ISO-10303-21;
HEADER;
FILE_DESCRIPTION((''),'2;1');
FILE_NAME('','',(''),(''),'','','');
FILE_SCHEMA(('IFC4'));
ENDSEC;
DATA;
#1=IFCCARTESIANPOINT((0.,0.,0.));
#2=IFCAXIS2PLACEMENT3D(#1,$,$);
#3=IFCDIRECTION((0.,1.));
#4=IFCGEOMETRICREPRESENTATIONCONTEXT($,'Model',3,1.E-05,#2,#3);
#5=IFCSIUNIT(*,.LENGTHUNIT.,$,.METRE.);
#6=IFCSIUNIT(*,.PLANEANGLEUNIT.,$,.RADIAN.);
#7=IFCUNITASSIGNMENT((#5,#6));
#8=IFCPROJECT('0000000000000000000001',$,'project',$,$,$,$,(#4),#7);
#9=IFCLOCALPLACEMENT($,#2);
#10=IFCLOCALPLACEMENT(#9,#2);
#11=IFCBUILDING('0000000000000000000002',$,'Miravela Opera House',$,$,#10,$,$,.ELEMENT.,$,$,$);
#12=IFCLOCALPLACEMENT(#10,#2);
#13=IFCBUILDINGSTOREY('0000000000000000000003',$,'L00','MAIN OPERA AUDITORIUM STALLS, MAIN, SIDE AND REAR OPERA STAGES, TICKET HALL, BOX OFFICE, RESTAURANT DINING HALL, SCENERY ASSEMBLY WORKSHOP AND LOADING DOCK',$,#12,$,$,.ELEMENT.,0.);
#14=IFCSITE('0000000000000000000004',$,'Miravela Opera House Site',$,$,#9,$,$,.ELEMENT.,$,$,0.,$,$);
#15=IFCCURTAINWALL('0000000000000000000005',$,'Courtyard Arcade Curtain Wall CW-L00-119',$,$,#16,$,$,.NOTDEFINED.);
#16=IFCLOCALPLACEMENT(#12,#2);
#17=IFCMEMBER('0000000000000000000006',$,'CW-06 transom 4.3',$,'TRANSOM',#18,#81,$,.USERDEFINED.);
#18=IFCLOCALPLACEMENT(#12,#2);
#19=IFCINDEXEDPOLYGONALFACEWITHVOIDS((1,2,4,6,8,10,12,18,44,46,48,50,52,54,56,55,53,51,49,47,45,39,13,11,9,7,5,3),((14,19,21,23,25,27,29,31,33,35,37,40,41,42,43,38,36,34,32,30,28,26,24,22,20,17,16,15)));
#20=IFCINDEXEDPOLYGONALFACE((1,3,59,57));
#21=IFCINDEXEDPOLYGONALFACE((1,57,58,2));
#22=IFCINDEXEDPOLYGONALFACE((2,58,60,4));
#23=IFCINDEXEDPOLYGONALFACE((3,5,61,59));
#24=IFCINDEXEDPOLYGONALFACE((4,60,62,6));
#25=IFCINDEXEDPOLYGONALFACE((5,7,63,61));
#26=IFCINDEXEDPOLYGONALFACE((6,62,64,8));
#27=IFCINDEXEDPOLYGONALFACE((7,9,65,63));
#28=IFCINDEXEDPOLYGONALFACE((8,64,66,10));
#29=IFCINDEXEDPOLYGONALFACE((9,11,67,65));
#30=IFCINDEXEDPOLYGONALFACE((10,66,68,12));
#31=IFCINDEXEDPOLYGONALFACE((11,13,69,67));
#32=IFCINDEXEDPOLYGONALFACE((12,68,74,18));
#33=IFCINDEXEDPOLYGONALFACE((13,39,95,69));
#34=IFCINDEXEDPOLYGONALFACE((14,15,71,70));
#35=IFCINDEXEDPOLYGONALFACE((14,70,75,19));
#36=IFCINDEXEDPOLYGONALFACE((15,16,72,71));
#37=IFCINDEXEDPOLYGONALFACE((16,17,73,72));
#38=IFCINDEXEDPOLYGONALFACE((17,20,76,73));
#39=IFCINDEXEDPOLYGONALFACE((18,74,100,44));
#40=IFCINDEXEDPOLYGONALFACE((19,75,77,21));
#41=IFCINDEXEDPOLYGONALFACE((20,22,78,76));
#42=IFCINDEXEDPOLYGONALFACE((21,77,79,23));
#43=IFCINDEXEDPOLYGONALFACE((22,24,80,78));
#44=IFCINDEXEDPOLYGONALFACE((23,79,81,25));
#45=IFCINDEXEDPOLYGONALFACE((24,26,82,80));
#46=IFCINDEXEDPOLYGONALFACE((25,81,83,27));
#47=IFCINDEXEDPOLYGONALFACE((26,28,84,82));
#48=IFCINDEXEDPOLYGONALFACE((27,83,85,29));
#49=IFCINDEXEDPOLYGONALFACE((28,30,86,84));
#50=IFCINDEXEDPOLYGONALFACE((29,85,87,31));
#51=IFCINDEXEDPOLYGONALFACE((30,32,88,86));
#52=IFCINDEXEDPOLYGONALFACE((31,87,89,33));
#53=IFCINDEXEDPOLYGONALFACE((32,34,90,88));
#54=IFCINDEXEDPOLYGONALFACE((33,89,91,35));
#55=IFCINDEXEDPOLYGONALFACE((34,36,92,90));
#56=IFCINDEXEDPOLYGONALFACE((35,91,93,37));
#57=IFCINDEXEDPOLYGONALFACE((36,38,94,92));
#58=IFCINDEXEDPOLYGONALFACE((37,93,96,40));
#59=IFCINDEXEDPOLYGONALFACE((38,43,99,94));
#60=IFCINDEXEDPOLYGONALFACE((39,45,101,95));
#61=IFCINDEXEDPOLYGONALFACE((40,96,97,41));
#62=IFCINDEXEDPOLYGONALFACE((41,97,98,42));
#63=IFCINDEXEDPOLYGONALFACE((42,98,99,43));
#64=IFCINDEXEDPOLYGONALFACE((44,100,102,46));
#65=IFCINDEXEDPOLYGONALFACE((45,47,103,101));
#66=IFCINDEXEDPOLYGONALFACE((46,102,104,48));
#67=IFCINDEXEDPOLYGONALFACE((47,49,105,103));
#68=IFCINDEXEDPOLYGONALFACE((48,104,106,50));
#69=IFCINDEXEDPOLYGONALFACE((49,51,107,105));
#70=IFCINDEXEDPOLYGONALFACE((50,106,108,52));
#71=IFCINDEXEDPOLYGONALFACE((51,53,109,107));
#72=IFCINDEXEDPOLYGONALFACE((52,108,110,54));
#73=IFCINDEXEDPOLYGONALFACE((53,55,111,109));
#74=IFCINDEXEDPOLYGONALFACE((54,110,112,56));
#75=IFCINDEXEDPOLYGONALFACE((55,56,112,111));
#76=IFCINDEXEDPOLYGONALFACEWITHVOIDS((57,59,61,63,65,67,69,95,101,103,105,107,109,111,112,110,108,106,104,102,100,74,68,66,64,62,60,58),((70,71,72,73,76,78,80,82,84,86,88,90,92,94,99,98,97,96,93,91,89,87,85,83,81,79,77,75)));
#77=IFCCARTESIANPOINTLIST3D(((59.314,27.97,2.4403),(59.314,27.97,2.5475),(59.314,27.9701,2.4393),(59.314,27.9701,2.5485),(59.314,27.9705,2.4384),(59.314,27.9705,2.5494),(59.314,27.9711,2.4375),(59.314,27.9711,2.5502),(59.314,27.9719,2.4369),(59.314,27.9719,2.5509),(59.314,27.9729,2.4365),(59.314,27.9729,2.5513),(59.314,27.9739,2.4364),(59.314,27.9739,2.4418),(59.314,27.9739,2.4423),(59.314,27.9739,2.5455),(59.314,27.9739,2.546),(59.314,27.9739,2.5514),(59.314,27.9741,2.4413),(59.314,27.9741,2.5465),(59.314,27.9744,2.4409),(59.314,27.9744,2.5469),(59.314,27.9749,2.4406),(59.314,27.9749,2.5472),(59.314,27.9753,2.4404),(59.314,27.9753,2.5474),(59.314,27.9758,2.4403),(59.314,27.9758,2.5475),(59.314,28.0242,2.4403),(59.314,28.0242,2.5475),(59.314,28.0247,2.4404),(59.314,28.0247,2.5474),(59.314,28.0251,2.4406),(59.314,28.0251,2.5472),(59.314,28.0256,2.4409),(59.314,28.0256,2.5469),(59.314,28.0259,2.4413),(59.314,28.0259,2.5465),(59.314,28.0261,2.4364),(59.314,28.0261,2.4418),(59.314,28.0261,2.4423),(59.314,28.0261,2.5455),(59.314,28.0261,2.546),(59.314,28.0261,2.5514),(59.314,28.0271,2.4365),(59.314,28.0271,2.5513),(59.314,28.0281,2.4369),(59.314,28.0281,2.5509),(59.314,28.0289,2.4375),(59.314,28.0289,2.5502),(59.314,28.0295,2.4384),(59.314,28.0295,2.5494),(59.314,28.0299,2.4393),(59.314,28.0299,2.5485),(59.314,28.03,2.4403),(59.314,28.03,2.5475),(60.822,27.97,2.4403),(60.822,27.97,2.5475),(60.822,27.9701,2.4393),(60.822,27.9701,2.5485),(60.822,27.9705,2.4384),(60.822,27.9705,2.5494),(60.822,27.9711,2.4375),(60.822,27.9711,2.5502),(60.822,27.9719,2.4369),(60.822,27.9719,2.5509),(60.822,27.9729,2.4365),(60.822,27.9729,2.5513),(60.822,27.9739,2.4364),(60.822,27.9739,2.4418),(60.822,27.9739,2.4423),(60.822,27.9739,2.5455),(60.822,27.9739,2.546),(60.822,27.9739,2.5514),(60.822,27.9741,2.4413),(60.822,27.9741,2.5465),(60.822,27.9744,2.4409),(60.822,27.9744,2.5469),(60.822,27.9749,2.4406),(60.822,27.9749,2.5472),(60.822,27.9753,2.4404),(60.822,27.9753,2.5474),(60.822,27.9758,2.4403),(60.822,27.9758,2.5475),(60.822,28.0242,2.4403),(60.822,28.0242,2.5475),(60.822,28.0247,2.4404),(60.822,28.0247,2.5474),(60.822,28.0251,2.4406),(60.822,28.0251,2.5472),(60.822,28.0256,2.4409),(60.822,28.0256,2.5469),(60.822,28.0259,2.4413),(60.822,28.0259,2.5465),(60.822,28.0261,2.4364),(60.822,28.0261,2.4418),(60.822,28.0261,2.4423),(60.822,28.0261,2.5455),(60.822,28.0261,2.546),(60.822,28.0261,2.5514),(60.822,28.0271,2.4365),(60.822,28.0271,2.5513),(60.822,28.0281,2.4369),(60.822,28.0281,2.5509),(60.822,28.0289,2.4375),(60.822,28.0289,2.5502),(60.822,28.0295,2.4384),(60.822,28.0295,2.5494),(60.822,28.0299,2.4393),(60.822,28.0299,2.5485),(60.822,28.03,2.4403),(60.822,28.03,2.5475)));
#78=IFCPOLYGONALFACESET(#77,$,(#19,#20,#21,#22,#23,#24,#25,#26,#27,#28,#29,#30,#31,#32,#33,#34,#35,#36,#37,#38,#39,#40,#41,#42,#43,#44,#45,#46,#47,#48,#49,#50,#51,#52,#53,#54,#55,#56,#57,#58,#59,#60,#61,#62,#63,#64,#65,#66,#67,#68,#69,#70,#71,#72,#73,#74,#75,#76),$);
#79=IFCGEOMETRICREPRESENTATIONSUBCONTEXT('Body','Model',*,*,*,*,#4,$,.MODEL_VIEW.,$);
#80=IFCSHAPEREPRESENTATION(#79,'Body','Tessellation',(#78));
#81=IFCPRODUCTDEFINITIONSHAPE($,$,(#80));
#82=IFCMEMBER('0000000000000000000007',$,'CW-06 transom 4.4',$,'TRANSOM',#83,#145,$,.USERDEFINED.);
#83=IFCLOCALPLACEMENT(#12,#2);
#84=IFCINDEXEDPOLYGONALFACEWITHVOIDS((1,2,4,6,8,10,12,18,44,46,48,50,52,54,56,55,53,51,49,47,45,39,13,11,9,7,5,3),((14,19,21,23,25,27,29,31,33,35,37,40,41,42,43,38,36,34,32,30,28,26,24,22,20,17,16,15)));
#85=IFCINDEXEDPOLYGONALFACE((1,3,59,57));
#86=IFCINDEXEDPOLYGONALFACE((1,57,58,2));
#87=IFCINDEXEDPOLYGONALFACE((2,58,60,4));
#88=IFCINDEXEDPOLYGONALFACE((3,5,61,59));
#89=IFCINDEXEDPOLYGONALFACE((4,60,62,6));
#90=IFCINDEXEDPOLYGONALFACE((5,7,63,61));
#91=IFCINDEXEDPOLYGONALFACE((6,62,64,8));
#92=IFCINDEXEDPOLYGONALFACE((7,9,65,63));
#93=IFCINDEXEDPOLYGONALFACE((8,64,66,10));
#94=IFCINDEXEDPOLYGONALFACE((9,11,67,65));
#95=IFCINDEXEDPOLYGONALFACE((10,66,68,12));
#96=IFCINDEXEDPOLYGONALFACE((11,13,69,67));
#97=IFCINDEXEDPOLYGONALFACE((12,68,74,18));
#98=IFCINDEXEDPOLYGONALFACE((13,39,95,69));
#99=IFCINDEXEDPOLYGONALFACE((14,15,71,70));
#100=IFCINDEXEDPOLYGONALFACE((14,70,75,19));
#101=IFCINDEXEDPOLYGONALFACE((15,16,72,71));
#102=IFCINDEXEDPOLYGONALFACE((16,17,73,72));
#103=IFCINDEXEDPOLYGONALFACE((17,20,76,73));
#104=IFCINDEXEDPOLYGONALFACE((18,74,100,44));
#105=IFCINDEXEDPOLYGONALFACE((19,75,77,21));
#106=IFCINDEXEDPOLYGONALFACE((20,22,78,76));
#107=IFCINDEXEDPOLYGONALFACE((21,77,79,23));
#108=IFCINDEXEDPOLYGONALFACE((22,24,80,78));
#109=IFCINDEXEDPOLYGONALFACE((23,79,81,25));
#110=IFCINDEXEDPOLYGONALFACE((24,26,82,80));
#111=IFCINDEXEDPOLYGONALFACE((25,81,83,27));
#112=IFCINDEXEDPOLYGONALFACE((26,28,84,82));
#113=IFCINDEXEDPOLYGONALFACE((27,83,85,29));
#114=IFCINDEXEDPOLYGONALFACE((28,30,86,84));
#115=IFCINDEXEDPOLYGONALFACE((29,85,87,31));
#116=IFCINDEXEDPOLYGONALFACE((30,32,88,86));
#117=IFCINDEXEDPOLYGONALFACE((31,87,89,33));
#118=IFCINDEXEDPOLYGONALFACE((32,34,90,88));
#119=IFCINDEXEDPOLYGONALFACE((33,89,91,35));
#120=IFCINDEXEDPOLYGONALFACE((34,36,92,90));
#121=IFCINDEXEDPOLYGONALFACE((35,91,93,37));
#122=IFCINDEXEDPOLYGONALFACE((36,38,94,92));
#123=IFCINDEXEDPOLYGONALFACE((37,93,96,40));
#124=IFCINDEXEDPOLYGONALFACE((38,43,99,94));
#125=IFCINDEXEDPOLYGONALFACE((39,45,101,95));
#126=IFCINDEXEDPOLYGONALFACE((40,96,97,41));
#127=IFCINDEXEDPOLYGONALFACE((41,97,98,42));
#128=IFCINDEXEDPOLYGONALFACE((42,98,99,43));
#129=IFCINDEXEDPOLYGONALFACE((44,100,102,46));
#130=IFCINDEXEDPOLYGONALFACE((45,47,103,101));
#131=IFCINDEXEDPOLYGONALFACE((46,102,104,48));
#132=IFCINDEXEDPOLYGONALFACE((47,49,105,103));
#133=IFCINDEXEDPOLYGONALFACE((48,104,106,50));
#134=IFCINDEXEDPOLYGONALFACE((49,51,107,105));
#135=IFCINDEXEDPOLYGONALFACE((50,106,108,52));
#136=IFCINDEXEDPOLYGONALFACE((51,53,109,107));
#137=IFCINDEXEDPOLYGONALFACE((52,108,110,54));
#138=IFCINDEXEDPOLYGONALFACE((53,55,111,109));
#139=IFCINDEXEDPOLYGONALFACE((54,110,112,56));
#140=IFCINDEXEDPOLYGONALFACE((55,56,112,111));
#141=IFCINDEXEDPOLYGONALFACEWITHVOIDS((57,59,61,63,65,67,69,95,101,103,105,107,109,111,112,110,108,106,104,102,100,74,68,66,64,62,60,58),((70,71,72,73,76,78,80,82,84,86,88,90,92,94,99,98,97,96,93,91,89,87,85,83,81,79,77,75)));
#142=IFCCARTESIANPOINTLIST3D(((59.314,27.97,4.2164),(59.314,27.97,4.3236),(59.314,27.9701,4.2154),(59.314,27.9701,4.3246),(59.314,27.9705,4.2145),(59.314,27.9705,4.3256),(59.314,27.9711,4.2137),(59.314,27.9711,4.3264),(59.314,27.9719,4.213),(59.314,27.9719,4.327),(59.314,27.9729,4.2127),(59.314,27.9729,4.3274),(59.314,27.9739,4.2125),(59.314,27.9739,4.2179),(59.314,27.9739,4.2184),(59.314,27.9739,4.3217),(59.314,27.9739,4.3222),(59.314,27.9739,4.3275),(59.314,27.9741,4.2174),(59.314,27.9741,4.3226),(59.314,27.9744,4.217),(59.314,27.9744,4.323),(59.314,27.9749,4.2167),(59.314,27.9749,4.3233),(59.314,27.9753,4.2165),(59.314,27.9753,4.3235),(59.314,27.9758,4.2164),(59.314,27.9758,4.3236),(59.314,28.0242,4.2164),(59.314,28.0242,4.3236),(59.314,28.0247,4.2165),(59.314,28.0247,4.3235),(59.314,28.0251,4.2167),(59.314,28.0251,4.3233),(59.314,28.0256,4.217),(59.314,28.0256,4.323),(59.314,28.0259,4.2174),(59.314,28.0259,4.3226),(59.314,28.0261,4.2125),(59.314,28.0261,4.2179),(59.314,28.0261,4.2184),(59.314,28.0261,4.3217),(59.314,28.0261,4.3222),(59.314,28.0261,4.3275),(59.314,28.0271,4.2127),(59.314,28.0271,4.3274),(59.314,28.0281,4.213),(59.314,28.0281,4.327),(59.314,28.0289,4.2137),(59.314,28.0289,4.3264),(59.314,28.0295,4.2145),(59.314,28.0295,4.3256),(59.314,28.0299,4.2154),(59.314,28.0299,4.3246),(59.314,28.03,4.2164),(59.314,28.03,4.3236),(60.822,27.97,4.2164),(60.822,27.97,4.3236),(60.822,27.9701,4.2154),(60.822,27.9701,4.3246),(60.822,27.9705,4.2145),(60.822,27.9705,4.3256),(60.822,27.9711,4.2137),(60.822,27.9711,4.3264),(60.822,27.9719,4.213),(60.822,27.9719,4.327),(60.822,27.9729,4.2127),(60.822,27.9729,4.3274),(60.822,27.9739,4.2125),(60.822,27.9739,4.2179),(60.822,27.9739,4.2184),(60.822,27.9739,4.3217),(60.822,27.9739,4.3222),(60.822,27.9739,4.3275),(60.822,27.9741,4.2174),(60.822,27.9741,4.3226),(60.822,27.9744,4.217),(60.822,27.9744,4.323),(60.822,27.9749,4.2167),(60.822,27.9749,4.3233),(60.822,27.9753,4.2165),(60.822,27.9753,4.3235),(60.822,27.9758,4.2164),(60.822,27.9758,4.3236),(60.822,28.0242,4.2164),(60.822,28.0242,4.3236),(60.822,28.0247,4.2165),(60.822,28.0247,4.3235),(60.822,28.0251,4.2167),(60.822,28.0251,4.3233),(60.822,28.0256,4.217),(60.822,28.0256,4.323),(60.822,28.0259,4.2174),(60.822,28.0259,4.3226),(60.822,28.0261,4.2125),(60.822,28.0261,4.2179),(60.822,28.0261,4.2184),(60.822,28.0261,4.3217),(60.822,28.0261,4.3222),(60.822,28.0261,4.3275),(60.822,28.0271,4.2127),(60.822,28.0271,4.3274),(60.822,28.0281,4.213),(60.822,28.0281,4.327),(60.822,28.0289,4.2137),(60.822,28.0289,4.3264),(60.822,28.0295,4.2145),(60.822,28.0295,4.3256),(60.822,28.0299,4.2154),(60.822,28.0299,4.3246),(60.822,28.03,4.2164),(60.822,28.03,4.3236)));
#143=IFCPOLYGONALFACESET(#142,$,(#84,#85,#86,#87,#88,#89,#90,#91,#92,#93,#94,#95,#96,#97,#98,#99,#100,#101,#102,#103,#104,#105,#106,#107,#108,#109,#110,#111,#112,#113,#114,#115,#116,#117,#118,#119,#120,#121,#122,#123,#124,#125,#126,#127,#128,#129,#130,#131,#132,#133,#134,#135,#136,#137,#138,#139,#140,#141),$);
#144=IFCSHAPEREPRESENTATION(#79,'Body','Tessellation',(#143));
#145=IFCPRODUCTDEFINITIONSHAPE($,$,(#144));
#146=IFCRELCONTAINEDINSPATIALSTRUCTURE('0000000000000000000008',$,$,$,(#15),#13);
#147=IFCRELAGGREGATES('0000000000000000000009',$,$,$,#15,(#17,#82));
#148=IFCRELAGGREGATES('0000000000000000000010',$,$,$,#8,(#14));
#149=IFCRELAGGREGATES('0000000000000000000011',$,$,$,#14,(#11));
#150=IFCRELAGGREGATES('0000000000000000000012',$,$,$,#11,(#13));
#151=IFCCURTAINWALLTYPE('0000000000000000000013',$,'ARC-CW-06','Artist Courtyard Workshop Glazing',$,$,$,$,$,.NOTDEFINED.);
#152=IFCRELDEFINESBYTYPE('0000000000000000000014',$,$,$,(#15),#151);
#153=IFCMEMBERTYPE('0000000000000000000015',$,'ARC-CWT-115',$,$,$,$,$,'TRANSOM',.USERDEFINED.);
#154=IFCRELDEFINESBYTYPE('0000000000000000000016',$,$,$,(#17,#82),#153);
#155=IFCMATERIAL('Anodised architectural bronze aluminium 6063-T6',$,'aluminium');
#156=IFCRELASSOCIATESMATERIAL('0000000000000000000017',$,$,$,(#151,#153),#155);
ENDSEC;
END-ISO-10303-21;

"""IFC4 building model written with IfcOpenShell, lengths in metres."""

from ifc_helpers import new_model, si_unit, direction, frame, origin, origin_2d, place, context, subcontext, project, spatial, hollow_rectangle, extrude, material, material_profile, profile_set, type_object, element, aggregate, save


model = new_model("IFC4")

# Units and contexts
model_context = context("Model", 3, precision=1e-05, world=origin(), true_north=direction((0.0, 1.0)))
body_context = subcontext(model_context, "Body", "Model", "MODEL_VIEW")
ifc_project = project(units=[si_unit("LENGTHUNIT", "METRE"), si_unit("PLANEANGLEUNIT", "RADIAN")], contexts=[model_context])

# Site, building, storey
site_placement = place(None, origin())
site = spatial("IfcSite", under=ifc_project, at=site_placement, Name="Miravela Opera House Site", CompositionType="ELEMENT", RefElevation=0.0)
building_placement = place(site_placement, origin())
building = spatial("IfcBuilding", under=site, at=building_placement, Name="Miravela Opera House", CompositionType="ELEMENT")
storey_placement = place(building_placement, origin())
storey = spatial("IfcBuildingStorey", under=building, at=storey_placement, Name="L00", Description="MAIN OPERA AUDITORIUM STALLS, MAIN, SIDE AND REAR OPERA STAGES, TICKET HALL, BOX OFFICE, RESTAURANT DINING HALL, SCENERY ASSEMBLY WORKSHOP AND LOADING DOCK", CompositionType="ELEMENT", Elevation=0.0)

# Curtain wall, members
ifc_material_1 = material(Name="Anodised architectural bronze aluminium 6063-T6", Category="aluminium")
curtain_wall_type = type_object("IfcCurtainWallType", Name="ARC-CW-06", Description="Artist Courtyard Workshop Glazing", PredefinedType="NOTDEFINED", material=ifc_material_1)
curtain_wall_1_placement = place(storey_placement, origin())
curtain_wall_1 = element("IfcCurtainWall", 1, at=curtain_wall_1_placement, inside=storey, type_object=curtain_wall_type, Name="Courtyard Arcade Curtain Wall CW-L00-119", PredefinedType="NOTDEFINED")
ifc_material_profile_1 = material_profile(ifc_material_1, hollow_rectangle(XDim=0.0601, YDim=0.115, WallThickness=0.0039, InnerFilletRadius=0.002, OuterFilletRadius=0.0039, at=origin_2d()), Name="CWT-60X115")
ifc_profile_set_1 = profile_set([ifc_material_profile_1])
member_type_1 = type_object("IfcMemberType", Name="ARC-CWT-115", ElementType="TRANSOM", PredefinedType="USERDEFINED", material=ifc_profile_set_1)
member_1_placement = place(storey_placement, frame((59.314, 28.0, 2.4939), z_axis=(1.0, 0.0, 0.0), x_axis=(0.0, 1.0, 0.0)))
member_1 = element("IfcMember", 2, at=member_1_placement, type_object=member_type_1, Name="CW-06 transom 4.3", ObjectType="TRANSOM", PredefinedType="USERDEFINED", context=body_context, shape_type="SweptSolid", body=[
    extrude(hollow_rectangle(XDim=0.0601, YDim=0.115, WallThickness=0.0039, InnerFilletRadius=0.002, OuterFilletRadius=0.0039, at=origin_2d()), origin(), (0.0, 0.0, 1.0), 1.5081),
])
member_2_placement = place(storey_placement, frame((59.314, 28.0, 4.27), z_axis=(1.0, 0.0, 0.0), x_axis=(0.0, 1.0, 0.0)))
member_2 = element("IfcMember", 3, at=member_2_placement, type_object=member_type_1, Name="CW-06 transom 4.4", ObjectType="TRANSOM", PredefinedType="USERDEFINED", context=body_context, shape_type="SweptSolid", body=[
    extrude(hollow_rectangle(XDim=0.0601, YDim=0.115, WallThickness=0.0039, InnerFilletRadius=0.002, OuterFilletRadius=0.0039, at=origin_2d()), origin(), (0.0, 0.0, 1.0), 1.5081),
])

aggregate(curtain_wall_1, [member_1, member_2])

save(model, "model.ifc")
